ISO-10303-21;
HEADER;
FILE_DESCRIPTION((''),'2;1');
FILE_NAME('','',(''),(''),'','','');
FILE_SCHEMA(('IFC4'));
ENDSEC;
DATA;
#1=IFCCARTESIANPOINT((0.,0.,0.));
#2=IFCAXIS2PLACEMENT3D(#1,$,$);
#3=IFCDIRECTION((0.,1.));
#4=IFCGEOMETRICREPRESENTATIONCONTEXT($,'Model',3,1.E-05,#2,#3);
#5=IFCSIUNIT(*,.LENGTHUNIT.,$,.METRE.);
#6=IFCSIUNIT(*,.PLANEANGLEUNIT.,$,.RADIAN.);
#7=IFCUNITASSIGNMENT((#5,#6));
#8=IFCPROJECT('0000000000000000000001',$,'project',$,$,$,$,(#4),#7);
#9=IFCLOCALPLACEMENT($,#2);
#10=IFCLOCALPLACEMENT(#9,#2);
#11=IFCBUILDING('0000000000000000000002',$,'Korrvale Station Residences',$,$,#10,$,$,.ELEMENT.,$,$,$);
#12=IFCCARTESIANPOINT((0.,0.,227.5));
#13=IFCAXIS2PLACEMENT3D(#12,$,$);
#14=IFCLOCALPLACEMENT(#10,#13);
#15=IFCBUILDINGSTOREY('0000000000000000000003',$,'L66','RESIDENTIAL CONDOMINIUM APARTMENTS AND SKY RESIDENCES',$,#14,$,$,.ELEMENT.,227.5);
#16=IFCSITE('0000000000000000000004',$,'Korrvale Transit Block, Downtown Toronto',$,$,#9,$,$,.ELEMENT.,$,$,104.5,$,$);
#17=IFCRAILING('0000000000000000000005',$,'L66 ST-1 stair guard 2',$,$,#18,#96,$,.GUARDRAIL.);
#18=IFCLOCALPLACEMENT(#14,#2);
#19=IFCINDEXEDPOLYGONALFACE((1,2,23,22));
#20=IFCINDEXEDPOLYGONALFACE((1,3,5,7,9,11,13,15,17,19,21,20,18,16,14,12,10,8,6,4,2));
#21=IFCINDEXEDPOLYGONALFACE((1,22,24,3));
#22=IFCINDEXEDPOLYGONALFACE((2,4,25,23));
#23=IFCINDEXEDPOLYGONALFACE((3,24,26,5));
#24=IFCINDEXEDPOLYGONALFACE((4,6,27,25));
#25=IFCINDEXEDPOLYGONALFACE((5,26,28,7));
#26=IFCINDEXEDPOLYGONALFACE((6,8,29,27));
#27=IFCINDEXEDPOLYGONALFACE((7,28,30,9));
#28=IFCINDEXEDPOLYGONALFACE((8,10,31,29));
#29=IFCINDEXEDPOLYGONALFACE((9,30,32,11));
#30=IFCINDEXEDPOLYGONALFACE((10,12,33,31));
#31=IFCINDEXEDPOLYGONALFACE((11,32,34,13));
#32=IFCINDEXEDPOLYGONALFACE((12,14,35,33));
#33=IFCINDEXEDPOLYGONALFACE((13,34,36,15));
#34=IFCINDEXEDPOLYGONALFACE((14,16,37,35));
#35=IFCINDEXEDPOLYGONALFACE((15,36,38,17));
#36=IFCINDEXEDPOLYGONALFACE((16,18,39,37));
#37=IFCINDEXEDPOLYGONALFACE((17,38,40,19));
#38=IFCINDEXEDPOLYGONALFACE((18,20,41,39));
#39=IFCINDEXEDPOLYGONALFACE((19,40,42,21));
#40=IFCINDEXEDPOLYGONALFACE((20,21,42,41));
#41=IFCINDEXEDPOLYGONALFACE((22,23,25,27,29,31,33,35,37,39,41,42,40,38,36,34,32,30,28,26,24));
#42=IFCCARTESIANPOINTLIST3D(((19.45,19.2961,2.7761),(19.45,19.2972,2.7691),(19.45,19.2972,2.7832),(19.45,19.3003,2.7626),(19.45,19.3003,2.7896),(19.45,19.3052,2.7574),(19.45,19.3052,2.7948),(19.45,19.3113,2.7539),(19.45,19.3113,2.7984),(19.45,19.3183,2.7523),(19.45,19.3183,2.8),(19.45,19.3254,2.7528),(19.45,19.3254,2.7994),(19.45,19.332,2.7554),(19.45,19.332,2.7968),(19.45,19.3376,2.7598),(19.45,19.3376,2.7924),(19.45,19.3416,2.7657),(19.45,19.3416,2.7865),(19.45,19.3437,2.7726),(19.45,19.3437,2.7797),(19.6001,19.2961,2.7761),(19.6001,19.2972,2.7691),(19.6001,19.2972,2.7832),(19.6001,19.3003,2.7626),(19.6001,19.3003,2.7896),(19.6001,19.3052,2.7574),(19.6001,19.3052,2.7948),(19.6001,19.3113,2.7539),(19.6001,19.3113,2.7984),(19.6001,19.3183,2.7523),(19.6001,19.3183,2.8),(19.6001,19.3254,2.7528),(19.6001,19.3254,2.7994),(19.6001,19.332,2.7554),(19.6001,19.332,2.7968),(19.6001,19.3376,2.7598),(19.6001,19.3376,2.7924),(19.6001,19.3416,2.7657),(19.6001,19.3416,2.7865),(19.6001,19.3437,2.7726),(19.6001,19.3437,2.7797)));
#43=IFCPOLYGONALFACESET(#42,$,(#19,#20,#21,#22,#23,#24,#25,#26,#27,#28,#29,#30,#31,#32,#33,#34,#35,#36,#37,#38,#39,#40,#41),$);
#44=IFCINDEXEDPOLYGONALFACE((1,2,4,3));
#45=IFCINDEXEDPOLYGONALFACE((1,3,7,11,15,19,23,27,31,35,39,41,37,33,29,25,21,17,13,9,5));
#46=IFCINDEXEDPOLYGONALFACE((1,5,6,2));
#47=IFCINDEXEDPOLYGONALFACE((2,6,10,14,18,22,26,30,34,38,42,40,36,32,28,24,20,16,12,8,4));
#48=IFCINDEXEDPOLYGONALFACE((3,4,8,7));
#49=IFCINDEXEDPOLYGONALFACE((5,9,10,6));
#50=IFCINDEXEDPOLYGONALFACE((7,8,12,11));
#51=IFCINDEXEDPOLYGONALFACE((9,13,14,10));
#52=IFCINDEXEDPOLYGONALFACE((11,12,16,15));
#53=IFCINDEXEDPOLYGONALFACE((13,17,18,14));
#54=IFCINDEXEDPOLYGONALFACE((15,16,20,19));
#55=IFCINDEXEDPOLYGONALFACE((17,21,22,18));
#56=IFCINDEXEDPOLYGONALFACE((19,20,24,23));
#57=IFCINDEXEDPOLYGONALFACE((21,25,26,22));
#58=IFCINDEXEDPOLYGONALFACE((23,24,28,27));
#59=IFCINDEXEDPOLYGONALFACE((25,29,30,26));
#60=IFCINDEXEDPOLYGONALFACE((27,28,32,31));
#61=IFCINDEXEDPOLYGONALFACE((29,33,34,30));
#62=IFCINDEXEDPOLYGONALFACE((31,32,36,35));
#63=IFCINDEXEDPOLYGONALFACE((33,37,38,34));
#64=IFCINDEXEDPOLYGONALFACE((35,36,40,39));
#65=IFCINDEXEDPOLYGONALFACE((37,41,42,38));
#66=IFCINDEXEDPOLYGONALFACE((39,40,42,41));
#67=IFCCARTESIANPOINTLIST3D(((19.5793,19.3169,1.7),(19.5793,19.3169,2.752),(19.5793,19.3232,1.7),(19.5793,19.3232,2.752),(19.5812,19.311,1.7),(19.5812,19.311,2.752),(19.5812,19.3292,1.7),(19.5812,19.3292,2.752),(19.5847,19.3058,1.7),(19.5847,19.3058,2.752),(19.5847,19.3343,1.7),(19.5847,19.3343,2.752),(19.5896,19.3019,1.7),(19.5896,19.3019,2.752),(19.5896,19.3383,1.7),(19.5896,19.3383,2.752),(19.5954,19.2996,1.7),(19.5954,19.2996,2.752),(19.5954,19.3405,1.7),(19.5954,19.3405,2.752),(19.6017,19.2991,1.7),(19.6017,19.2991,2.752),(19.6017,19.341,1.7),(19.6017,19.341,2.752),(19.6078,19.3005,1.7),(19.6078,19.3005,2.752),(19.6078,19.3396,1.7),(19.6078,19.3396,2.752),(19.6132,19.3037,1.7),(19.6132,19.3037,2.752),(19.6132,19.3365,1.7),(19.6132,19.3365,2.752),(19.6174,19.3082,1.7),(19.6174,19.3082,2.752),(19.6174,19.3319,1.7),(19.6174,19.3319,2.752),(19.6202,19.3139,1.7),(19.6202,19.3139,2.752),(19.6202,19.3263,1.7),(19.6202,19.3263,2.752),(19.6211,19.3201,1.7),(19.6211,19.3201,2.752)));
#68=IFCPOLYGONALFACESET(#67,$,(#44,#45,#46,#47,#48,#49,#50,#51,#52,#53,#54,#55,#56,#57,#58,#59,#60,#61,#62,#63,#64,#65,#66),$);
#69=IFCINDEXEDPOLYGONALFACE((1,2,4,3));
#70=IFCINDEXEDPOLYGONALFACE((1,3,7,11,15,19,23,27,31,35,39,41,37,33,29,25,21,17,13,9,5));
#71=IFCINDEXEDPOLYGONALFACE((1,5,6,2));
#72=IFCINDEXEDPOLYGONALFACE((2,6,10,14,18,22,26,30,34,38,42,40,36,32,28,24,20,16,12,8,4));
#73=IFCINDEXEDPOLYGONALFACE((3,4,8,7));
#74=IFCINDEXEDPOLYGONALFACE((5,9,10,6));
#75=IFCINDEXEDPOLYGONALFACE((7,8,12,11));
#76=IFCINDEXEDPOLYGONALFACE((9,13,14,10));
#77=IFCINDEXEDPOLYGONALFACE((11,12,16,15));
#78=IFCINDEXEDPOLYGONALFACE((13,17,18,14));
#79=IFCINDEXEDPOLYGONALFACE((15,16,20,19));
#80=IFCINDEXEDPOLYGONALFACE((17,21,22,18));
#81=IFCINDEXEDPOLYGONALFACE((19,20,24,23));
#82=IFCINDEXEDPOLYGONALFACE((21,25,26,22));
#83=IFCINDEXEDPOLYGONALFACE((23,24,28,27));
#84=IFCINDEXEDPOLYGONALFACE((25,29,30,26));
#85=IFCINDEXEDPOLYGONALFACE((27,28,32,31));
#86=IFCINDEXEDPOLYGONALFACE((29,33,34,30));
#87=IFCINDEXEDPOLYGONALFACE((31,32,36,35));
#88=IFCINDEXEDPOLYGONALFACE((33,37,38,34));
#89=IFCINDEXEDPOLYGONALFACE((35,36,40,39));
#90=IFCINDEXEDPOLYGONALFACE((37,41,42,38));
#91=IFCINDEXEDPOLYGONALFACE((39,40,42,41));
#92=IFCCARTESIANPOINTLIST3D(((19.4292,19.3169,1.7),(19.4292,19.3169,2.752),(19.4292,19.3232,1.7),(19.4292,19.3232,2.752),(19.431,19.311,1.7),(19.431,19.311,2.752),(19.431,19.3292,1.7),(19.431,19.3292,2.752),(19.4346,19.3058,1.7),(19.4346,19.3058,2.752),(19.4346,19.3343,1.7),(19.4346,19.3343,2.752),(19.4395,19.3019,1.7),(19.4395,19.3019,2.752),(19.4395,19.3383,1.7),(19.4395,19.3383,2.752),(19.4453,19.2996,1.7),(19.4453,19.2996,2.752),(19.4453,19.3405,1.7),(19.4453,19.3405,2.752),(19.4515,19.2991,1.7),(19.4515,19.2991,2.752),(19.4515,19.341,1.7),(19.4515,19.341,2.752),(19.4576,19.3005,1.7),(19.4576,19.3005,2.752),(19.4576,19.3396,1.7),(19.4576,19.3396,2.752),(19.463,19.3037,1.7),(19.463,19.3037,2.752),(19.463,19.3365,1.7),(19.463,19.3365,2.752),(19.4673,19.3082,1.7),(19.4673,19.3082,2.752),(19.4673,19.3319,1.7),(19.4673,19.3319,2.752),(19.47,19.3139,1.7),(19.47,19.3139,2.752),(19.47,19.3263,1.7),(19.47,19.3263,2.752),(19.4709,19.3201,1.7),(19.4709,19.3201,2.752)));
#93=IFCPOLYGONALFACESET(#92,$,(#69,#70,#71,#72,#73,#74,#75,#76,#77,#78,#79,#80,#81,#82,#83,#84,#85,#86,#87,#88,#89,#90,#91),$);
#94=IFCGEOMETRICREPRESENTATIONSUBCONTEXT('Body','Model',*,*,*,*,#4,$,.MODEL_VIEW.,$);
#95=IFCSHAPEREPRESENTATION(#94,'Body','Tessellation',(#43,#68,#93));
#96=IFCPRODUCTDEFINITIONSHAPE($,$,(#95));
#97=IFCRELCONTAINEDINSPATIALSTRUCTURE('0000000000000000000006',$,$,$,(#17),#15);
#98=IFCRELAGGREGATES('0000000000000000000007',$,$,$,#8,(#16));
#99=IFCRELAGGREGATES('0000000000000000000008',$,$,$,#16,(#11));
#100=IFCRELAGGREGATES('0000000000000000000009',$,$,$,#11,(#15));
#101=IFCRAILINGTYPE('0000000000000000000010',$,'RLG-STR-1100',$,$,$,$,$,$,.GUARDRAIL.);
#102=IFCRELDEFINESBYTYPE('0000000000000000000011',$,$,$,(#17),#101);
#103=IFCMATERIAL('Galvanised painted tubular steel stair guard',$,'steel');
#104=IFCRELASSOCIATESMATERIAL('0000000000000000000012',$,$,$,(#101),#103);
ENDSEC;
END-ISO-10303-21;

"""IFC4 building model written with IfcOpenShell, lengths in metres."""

from ifc_helpers import new_model, si_unit, direction, frame, origin, origin_2d, place, context, subcontext, project, spatial, circle, extrude, material, type_object, element, save


model = new_model("IFC4")

# Units and contexts
model_context = context("Model", 3, precision=1e-05, world=origin(), true_north=direction((0.0, 1.0)))
body_context = subcontext(model_context, "Body", "Model", "MODEL_VIEW")
ifc_project = project(units=[si_unit("LENGTHUNIT", "METRE"), si_unit("PLANEANGLEUNIT", "RADIAN")], contexts=[model_context])

# Site, building, storey
site_placement = place(None, origin())
site = spatial("IfcSite", under=ifc_project, at=site_placement, Name="Korrvale Transit Block, Downtown Toronto", CompositionType="ELEMENT", RefElevation=104.5)
building_placement = place(site_placement, origin())
building = spatial("IfcBuilding", under=site, at=building_placement, Name="Korrvale Station Residences", CompositionType="ELEMENT")
storey_placement = place(building_placement, frame((0.0, 0.0, 227.5)))
storey = spatial("IfcBuildingStorey", under=building, at=storey_placement, Name="L66", Description="RESIDENTIAL CONDOMINIUM APARTMENTS AND SKY RESIDENCES", CompositionType="ELEMENT", Elevation=227.5)

# Railing
ifc_material_1 = material(Name="Galvanised painted tubular steel stair guard", Category="steel")
railing_type = type_object("IfcRailingType", Name="RLG-STR-1100", PredefinedType="GUARDRAIL", material=ifc_material_1)
railing_placement = place(storey_placement, frame((19.6001, 19.3201, 1.7)))
element("IfcRailing", 1, at=railing_placement, inside=storey, type_object=railing_type, Name="L66 ST-1 stair guard 2", PredefinedType="GUARDRAIL", context=body_context, shape_type="SweptSolid", body=[
    extrude(circle(Radius=0.0239, at=origin_2d()), frame((0.0, 0.0, 1.0762), z_axis=(-1.0, 0.0, 0.0), x_axis=(0.0, -1.0, 0.0)), (0.0, 0.0, 1.0), 0.1501),
    extrude(circle(Radius=0.021, at=origin_2d()), origin(), (0.0, 0.0, 1.0), 1.052),
    extrude(circle(Radius=0.021, at=origin_2d()), frame((-0.1501, 0.0, 0.0)), (0.0, 0.0, 1.0), 1.052),
])

save(model, "model.ifc")
